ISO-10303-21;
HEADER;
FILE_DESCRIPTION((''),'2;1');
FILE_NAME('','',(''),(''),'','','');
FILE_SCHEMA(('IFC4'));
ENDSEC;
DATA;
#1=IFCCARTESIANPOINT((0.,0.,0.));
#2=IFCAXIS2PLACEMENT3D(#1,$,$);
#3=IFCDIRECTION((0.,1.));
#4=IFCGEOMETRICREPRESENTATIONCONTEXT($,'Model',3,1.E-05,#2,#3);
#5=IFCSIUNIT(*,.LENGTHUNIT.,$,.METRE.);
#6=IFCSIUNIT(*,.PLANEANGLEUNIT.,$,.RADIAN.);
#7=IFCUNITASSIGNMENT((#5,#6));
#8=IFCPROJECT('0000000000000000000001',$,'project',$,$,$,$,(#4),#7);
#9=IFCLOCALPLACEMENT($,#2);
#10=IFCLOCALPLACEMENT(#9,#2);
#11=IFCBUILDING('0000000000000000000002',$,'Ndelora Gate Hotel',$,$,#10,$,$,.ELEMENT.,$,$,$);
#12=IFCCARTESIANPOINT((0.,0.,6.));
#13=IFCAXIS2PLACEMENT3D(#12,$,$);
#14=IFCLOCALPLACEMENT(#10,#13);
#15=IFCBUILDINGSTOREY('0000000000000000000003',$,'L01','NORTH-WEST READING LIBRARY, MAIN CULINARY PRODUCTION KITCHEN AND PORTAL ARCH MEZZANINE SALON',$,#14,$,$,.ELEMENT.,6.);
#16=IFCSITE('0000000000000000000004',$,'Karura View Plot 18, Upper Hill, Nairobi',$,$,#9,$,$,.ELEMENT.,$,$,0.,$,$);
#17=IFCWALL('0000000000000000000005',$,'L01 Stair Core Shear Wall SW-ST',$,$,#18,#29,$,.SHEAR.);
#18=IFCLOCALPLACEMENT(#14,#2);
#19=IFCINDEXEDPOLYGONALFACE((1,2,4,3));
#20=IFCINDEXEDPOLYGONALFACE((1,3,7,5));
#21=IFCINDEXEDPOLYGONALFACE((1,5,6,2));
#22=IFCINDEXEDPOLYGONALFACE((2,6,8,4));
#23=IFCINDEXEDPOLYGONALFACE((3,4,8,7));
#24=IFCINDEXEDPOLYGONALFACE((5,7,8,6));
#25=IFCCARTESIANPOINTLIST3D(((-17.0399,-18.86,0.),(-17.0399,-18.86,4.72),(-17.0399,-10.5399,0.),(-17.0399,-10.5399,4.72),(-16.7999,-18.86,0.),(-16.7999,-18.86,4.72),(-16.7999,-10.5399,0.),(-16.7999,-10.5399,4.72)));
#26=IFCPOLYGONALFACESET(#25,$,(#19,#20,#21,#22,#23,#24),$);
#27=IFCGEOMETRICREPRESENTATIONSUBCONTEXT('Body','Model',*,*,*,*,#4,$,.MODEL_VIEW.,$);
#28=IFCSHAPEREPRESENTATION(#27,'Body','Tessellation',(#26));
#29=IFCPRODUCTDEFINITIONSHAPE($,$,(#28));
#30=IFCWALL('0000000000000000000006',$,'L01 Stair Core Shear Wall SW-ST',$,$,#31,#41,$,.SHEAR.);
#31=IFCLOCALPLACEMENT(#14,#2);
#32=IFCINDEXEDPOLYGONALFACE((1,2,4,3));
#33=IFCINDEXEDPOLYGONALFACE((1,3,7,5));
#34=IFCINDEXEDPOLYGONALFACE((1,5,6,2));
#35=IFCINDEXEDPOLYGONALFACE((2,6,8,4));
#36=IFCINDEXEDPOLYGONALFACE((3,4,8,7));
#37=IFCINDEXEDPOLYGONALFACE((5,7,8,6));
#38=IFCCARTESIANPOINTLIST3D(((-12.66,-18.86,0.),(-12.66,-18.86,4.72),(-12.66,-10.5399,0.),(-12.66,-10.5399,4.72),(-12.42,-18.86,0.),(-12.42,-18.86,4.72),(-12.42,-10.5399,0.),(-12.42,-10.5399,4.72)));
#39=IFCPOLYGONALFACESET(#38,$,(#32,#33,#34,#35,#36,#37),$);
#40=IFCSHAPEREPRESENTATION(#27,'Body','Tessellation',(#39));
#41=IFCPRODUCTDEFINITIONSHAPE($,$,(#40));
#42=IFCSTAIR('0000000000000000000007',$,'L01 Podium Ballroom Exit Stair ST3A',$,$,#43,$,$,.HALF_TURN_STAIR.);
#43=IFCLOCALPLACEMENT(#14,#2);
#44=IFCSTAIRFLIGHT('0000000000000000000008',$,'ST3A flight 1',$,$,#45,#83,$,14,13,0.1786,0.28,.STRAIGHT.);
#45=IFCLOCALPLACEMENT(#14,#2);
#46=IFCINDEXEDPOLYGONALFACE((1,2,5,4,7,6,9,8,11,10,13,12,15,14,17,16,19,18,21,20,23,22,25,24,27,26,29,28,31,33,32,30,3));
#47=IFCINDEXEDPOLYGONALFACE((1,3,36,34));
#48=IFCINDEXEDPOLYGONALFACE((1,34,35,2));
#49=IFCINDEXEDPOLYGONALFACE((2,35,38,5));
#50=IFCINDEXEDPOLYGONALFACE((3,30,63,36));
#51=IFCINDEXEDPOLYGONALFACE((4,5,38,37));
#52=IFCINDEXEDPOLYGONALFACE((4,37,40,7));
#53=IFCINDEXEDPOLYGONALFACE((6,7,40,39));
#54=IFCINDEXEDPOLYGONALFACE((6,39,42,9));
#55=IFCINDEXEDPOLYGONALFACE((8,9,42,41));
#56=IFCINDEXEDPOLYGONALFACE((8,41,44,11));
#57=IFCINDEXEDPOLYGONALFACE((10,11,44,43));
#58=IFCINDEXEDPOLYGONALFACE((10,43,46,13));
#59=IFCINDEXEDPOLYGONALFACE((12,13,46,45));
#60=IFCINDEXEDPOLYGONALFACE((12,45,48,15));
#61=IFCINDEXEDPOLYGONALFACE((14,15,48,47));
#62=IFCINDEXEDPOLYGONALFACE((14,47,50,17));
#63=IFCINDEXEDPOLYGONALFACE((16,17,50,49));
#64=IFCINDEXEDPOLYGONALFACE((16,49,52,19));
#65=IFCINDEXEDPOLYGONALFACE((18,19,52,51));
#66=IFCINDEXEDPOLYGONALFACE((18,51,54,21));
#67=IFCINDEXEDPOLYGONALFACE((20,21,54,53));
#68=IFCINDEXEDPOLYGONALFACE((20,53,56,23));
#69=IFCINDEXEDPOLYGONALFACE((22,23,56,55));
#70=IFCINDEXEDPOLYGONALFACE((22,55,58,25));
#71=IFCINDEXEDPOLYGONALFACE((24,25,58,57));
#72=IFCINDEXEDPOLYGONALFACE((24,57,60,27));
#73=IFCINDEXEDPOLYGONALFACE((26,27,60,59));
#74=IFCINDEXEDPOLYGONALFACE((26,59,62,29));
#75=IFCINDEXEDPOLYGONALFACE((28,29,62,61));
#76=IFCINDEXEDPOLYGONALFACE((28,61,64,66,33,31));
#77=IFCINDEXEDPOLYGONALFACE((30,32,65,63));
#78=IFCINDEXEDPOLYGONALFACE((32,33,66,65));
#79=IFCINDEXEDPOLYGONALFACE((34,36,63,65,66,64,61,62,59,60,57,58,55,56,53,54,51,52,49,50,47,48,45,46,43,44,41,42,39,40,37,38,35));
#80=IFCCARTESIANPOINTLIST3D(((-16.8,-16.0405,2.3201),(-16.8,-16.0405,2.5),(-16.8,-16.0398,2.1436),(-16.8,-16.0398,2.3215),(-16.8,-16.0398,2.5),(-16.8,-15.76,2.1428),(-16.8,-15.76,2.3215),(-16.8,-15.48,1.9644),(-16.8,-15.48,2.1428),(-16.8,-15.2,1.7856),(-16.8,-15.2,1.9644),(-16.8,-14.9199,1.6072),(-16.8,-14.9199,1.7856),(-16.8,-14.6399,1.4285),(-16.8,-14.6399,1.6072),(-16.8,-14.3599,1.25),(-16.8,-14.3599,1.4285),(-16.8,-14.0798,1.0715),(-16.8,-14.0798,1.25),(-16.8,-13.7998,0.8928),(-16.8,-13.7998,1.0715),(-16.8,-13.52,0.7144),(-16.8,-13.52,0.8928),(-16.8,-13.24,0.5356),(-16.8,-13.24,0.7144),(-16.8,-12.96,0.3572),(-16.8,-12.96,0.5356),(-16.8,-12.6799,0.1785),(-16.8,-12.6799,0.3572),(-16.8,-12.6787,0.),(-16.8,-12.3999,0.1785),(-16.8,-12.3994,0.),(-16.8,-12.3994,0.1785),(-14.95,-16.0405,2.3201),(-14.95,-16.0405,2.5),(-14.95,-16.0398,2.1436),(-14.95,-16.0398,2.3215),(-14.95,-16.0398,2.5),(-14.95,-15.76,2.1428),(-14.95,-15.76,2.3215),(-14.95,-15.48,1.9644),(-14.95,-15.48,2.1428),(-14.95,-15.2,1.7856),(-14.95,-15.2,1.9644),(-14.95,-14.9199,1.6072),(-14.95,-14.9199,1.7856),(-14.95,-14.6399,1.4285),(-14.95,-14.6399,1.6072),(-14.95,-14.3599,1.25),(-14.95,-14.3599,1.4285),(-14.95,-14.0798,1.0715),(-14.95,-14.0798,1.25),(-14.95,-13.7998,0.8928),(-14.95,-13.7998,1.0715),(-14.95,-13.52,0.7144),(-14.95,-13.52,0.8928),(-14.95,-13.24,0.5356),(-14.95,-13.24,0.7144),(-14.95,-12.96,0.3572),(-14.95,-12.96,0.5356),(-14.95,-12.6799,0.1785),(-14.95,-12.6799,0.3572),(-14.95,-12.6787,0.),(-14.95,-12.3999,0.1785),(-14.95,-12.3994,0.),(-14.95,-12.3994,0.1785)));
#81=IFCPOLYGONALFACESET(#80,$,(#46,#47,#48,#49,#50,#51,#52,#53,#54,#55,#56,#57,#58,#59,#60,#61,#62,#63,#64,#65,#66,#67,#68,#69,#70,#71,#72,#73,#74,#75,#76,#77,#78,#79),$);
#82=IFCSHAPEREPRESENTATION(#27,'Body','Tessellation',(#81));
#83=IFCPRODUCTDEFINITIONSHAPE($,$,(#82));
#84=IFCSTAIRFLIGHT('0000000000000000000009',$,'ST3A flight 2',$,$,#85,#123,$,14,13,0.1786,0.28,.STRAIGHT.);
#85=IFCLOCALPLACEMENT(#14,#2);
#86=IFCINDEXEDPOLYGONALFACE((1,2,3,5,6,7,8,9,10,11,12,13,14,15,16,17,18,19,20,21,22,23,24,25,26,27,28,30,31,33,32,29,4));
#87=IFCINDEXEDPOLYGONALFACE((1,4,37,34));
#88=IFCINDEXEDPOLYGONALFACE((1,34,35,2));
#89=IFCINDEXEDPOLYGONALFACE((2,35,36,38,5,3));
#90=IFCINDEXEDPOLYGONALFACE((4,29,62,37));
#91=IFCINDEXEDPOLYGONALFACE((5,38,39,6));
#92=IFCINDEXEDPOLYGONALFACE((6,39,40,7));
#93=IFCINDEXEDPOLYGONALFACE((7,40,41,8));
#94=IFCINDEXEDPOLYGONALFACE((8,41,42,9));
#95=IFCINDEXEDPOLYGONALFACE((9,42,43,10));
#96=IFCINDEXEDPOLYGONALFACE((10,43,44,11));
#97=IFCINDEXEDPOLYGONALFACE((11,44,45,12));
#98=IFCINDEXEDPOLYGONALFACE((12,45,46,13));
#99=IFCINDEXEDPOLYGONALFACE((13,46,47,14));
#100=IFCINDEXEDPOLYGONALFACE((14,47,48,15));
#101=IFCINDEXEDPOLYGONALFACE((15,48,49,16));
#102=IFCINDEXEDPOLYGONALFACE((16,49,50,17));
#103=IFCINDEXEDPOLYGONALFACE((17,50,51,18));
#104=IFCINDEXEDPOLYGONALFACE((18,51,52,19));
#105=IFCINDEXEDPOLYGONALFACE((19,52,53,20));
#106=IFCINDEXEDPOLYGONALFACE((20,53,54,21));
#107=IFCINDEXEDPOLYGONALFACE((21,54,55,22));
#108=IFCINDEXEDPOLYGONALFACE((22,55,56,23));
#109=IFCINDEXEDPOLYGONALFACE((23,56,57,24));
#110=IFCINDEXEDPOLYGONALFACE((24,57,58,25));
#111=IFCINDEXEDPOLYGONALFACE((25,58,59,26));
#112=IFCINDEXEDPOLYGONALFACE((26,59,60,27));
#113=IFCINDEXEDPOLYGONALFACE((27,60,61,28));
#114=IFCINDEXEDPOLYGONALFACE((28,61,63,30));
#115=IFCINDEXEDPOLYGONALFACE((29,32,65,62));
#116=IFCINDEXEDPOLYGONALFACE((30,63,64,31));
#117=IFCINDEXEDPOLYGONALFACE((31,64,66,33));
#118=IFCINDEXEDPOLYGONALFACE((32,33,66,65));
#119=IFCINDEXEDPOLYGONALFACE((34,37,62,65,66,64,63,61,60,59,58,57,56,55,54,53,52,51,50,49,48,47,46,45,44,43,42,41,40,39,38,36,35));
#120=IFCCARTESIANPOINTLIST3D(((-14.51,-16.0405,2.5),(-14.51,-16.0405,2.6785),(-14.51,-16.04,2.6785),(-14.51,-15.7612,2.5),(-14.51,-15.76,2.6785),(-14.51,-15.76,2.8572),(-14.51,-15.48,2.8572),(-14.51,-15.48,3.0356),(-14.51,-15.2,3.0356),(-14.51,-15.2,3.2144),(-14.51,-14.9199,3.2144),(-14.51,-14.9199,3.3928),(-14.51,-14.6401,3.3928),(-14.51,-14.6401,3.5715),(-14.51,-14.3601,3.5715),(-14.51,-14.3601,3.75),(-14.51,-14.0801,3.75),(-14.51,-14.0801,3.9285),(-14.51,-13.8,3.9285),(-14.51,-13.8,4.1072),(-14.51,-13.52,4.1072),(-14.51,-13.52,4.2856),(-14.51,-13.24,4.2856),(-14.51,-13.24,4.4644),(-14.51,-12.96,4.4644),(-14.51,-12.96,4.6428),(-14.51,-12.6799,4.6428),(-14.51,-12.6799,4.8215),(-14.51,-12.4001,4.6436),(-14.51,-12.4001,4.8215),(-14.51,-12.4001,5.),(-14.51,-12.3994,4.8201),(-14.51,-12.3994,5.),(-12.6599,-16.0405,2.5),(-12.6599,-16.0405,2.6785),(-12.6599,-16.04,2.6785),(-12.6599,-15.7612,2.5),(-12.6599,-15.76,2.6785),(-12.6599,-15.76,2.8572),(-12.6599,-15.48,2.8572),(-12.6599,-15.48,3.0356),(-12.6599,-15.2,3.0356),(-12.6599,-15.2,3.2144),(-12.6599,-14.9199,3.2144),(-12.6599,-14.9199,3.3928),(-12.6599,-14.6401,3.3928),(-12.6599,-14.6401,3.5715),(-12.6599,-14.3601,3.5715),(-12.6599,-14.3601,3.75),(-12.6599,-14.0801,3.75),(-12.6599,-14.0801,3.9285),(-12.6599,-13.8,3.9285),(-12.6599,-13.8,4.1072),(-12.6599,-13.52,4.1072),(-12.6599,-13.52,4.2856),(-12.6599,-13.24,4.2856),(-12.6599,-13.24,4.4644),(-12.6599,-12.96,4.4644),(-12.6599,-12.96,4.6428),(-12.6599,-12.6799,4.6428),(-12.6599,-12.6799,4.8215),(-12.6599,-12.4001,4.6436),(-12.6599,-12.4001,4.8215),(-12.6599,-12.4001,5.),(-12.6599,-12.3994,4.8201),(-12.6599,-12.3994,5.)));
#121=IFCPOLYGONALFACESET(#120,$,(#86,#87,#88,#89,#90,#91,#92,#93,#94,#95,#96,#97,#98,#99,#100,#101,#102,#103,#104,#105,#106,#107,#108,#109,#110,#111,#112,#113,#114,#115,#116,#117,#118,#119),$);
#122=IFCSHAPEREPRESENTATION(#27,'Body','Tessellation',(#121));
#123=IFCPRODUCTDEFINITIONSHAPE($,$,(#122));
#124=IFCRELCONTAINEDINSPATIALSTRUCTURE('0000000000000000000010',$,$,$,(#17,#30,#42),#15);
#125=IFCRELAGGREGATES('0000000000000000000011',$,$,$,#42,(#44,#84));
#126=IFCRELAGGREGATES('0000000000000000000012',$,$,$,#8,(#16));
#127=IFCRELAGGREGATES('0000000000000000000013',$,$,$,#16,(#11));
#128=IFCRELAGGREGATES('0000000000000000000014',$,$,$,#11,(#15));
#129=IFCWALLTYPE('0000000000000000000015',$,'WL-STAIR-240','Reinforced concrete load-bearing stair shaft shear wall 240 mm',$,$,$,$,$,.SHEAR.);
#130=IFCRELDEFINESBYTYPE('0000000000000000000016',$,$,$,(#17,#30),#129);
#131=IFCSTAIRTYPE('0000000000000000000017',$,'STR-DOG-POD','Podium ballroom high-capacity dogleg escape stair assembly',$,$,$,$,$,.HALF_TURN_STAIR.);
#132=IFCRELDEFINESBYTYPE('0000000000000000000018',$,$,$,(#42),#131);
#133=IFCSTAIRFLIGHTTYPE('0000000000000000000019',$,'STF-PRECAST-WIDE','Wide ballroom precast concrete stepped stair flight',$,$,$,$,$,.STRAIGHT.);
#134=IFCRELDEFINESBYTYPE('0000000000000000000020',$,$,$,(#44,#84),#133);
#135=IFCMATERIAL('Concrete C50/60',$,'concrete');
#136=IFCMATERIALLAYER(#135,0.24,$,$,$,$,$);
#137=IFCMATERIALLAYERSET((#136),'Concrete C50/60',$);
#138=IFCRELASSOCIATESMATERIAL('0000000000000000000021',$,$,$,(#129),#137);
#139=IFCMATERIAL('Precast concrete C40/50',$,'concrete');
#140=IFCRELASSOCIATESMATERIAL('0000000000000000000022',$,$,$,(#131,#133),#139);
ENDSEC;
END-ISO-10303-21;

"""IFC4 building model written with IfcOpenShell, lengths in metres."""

from ifc_helpers import new_model, si_unit, direction, frame, frame_2d, origin, place, context, subcontext, project, spatial, polyline, rectangle, outline, extrude, material, layer, layer_set, type_object, element, aggregate, save


model = new_model("IFC4")

# Units and contexts
model_context = context("Model", 3, precision=1e-05, world=origin(), true_north=direction((0.0, 1.0)))
body_context = subcontext(model_context, "Body", "Model", "MODEL_VIEW")
ifc_project = project(units=[si_unit("LENGTHUNIT", "METRE"), si_unit("PLANEANGLEUNIT", "RADIAN")], contexts=[model_context])

# Site, building, storey
site_placement = place(None, origin())
site = spatial("IfcSite", under=ifc_project, at=site_placement, Name="Karura View Plot 18, Upper Hill, Nairobi", CompositionType="ELEMENT", RefElevation=0.0)
building_placement = place(site_placement, origin())
building = spatial("IfcBuilding", under=site, at=building_placement, Name="Ndelora Gate Hotel", CompositionType="ELEMENT")
storey_placement = place(building_placement, frame((0.0, 0.0, 6.0)))
storey = spatial("IfcBuildingStorey", under=building, at=storey_placement, Name="L01", Description="NORTH-WEST READING LIBRARY, MAIN CULINARY PRODUCTION KITCHEN AND PORTAL ARCH MEZZANINE SALON", CompositionType="ELEMENT", Elevation=6.0)

# Walls
ifc_material_1 = material(Name="Concrete C50/60", Category="concrete")
ifc_layer_1 = layer(ifc_material_1, 0.24)
ifc_layer_set_1 = layer_set([ifc_layer_1], Name="Concrete C50/60")
wall_type_1 = type_object("IfcWallType", Name="WL-STAIR-240", Description="Reinforced concrete load-bearing stair shaft shear wall 240 mm", PredefinedType="SHEAR", material=ifc_layer_set_1)
for number, where, z_axis, x_axis, name in (
    (1, (-16.9199, -18.8601, 0.0), (0.0, 0.0, 1.0), (0.0, 1.0, 0.0), "L01 Stair Core Shear Wall SW-ST"),
    (2, (-12.54, -18.8601, 0.0), (0.0, 0.0, 1.0), (0.0, 1.0, 0.0), "L01 Stair Core Shear Wall SW-ST"),
):
    element("IfcWall", number, at=place(storey_placement, frame(where, z_axis=z_axis, x_axis=x_axis)), inside=storey, type_object=wall_type_1, Name=name, PredefinedType="SHEAR", context=body_context, shape_type="SweptSolid", body=[
        extrude(rectangle(XDim=8.3201, YDim=0.24, at=frame_2d((4.1602, 0.0))), origin(), (0.0, 0.0, 1.0), 4.72),
    ])

# Stair, stair flights
ifc_material_2 = material(Name="Precast concrete C40/50", Category="concrete")
stair_type = type_object("IfcStairType", Name="STR-DOG-POD", Description="Podium ballroom high-capacity dogleg escape stair assembly", PredefinedType="HALF_TURN_STAIR", material=ifc_material_2)
stair_placement = place(storey_placement, origin())
stair = element("IfcStair", 3, at=stair_placement, inside=storey, type_object=stair_type, Name="L01 Podium Ballroom Exit Stair ST3A", PredefinedType="HALF_TURN_STAIR")
stair_flight_type = type_object("IfcStairFlightType", Name="STF-PRECAST-WIDE", Description="Wide ballroom precast concrete stepped stair flight", PredefinedType="STRAIGHT", material=ifc_material_2)
stair_flight_1_placement = place(storey_placement, frame((-15.875, -12.3999, 0.0), z_axis=(0.0, 0.0, 1.0), x_axis=(0.0, -1.0, 0.0)))
stair_flight_1 = element("IfcStairFlight", 4, at=stair_flight_1_placement, type_object=stair_flight_type, Name="ST3A flight 1", NumberOfRisers=14, NumberOfTreads=13, PredefinedType="STRAIGHT", RiserHeight=0.1786, TreadLength=0.28, context=body_context, shape_type="SweptSolid", body=[
    extrude(outline(polyline([(-0.0005, 0.0), (-0.0005, 0.1785), (0.0, 0.1785), (0.28, 0.1785), (0.28, 0.3572), (0.5601, 0.3572), (0.5601, 0.5356), (0.8401, 0.5356), (0.8401, 0.7144), (1.1201, 0.7144), (1.1201, 0.8928), (1.3999, 0.8928), (1.3999, 1.0715), (1.6799, 1.0715), (1.6799, 1.25), (1.96, 1.25), (1.96, 1.4285), (2.24, 1.4285), (2.24, 1.6072), (2.52, 1.6072), (2.52, 1.7856), (2.8, 1.7856), (2.8, 1.9644), (3.0801, 1.9644), (3.0801, 2.1428), (3.3601, 2.1428), (3.3601, 2.3215), (3.6399, 2.3215), (3.6399, 2.5), (3.6406, 2.5), (3.6406, 2.3201), (3.6399, 2.1436), (0.2788, 0.0), (-0.0005, 0.0)])), frame((0.0, 0.925, 0.0), z_axis=(0.0, -1.0, 0.0), x_axis=(1.0, 0.0, 0.0)), (0.0, 0.0, 1.0), 1.8501),
])
stair_flight_2_placement = place(storey_placement, frame((-13.585, -16.04, 2.5), z_axis=(0.0, 0.0, 1.0), x_axis=(0.0, 1.0, 0.0)))
stair_flight_2 = element("IfcStairFlight", 5, at=stair_flight_2_placement, type_object=stair_flight_type, Name="ST3A flight 2", NumberOfRisers=14, NumberOfTreads=13, PredefinedType="STRAIGHT", RiserHeight=0.1786, TreadLength=0.28, context=body_context, shape_type="SweptSolid", body=[
    extrude(outline(polyline([(-0.0005, 0.0), (-0.0005, 0.1785), (0.0, 0.1785), (0.28, 0.1785), (0.28, 0.3572), (0.5601, 0.3572), (0.5601, 0.5356), (0.8401, 0.5356), (0.8401, 0.7144), (1.1201, 0.7144), (1.1201, 0.8928), (1.3999, 0.8928), (1.3999, 1.0715), (1.6799, 1.0715), (1.6799, 1.25), (1.96, 1.25), (1.96, 1.4285), (2.24, 1.4285), (2.24, 1.6072), (2.52, 1.6072), (2.52, 1.7856), (2.8, 1.7856), (2.8, 1.9644), (3.0801, 1.9644), (3.0801, 2.1428), (3.3601, 2.1428), (3.3601, 2.3215), (3.6399, 2.3215), (3.6399, 2.5), (3.6406, 2.5), (3.6406, 2.3201), (3.6399, 2.1436), (0.2788, 0.0), (-0.0005, 0.0)])), frame((0.0, 0.925, 0.0), z_axis=(0.0, -1.0, 0.0), x_axis=(1.0, 0.0, 0.0)), (0.0, 0.0, 1.0), 1.8501),
])
aggregate(stair, [stair_flight_1, stair_flight_2])

save(model, "model.ifc")
